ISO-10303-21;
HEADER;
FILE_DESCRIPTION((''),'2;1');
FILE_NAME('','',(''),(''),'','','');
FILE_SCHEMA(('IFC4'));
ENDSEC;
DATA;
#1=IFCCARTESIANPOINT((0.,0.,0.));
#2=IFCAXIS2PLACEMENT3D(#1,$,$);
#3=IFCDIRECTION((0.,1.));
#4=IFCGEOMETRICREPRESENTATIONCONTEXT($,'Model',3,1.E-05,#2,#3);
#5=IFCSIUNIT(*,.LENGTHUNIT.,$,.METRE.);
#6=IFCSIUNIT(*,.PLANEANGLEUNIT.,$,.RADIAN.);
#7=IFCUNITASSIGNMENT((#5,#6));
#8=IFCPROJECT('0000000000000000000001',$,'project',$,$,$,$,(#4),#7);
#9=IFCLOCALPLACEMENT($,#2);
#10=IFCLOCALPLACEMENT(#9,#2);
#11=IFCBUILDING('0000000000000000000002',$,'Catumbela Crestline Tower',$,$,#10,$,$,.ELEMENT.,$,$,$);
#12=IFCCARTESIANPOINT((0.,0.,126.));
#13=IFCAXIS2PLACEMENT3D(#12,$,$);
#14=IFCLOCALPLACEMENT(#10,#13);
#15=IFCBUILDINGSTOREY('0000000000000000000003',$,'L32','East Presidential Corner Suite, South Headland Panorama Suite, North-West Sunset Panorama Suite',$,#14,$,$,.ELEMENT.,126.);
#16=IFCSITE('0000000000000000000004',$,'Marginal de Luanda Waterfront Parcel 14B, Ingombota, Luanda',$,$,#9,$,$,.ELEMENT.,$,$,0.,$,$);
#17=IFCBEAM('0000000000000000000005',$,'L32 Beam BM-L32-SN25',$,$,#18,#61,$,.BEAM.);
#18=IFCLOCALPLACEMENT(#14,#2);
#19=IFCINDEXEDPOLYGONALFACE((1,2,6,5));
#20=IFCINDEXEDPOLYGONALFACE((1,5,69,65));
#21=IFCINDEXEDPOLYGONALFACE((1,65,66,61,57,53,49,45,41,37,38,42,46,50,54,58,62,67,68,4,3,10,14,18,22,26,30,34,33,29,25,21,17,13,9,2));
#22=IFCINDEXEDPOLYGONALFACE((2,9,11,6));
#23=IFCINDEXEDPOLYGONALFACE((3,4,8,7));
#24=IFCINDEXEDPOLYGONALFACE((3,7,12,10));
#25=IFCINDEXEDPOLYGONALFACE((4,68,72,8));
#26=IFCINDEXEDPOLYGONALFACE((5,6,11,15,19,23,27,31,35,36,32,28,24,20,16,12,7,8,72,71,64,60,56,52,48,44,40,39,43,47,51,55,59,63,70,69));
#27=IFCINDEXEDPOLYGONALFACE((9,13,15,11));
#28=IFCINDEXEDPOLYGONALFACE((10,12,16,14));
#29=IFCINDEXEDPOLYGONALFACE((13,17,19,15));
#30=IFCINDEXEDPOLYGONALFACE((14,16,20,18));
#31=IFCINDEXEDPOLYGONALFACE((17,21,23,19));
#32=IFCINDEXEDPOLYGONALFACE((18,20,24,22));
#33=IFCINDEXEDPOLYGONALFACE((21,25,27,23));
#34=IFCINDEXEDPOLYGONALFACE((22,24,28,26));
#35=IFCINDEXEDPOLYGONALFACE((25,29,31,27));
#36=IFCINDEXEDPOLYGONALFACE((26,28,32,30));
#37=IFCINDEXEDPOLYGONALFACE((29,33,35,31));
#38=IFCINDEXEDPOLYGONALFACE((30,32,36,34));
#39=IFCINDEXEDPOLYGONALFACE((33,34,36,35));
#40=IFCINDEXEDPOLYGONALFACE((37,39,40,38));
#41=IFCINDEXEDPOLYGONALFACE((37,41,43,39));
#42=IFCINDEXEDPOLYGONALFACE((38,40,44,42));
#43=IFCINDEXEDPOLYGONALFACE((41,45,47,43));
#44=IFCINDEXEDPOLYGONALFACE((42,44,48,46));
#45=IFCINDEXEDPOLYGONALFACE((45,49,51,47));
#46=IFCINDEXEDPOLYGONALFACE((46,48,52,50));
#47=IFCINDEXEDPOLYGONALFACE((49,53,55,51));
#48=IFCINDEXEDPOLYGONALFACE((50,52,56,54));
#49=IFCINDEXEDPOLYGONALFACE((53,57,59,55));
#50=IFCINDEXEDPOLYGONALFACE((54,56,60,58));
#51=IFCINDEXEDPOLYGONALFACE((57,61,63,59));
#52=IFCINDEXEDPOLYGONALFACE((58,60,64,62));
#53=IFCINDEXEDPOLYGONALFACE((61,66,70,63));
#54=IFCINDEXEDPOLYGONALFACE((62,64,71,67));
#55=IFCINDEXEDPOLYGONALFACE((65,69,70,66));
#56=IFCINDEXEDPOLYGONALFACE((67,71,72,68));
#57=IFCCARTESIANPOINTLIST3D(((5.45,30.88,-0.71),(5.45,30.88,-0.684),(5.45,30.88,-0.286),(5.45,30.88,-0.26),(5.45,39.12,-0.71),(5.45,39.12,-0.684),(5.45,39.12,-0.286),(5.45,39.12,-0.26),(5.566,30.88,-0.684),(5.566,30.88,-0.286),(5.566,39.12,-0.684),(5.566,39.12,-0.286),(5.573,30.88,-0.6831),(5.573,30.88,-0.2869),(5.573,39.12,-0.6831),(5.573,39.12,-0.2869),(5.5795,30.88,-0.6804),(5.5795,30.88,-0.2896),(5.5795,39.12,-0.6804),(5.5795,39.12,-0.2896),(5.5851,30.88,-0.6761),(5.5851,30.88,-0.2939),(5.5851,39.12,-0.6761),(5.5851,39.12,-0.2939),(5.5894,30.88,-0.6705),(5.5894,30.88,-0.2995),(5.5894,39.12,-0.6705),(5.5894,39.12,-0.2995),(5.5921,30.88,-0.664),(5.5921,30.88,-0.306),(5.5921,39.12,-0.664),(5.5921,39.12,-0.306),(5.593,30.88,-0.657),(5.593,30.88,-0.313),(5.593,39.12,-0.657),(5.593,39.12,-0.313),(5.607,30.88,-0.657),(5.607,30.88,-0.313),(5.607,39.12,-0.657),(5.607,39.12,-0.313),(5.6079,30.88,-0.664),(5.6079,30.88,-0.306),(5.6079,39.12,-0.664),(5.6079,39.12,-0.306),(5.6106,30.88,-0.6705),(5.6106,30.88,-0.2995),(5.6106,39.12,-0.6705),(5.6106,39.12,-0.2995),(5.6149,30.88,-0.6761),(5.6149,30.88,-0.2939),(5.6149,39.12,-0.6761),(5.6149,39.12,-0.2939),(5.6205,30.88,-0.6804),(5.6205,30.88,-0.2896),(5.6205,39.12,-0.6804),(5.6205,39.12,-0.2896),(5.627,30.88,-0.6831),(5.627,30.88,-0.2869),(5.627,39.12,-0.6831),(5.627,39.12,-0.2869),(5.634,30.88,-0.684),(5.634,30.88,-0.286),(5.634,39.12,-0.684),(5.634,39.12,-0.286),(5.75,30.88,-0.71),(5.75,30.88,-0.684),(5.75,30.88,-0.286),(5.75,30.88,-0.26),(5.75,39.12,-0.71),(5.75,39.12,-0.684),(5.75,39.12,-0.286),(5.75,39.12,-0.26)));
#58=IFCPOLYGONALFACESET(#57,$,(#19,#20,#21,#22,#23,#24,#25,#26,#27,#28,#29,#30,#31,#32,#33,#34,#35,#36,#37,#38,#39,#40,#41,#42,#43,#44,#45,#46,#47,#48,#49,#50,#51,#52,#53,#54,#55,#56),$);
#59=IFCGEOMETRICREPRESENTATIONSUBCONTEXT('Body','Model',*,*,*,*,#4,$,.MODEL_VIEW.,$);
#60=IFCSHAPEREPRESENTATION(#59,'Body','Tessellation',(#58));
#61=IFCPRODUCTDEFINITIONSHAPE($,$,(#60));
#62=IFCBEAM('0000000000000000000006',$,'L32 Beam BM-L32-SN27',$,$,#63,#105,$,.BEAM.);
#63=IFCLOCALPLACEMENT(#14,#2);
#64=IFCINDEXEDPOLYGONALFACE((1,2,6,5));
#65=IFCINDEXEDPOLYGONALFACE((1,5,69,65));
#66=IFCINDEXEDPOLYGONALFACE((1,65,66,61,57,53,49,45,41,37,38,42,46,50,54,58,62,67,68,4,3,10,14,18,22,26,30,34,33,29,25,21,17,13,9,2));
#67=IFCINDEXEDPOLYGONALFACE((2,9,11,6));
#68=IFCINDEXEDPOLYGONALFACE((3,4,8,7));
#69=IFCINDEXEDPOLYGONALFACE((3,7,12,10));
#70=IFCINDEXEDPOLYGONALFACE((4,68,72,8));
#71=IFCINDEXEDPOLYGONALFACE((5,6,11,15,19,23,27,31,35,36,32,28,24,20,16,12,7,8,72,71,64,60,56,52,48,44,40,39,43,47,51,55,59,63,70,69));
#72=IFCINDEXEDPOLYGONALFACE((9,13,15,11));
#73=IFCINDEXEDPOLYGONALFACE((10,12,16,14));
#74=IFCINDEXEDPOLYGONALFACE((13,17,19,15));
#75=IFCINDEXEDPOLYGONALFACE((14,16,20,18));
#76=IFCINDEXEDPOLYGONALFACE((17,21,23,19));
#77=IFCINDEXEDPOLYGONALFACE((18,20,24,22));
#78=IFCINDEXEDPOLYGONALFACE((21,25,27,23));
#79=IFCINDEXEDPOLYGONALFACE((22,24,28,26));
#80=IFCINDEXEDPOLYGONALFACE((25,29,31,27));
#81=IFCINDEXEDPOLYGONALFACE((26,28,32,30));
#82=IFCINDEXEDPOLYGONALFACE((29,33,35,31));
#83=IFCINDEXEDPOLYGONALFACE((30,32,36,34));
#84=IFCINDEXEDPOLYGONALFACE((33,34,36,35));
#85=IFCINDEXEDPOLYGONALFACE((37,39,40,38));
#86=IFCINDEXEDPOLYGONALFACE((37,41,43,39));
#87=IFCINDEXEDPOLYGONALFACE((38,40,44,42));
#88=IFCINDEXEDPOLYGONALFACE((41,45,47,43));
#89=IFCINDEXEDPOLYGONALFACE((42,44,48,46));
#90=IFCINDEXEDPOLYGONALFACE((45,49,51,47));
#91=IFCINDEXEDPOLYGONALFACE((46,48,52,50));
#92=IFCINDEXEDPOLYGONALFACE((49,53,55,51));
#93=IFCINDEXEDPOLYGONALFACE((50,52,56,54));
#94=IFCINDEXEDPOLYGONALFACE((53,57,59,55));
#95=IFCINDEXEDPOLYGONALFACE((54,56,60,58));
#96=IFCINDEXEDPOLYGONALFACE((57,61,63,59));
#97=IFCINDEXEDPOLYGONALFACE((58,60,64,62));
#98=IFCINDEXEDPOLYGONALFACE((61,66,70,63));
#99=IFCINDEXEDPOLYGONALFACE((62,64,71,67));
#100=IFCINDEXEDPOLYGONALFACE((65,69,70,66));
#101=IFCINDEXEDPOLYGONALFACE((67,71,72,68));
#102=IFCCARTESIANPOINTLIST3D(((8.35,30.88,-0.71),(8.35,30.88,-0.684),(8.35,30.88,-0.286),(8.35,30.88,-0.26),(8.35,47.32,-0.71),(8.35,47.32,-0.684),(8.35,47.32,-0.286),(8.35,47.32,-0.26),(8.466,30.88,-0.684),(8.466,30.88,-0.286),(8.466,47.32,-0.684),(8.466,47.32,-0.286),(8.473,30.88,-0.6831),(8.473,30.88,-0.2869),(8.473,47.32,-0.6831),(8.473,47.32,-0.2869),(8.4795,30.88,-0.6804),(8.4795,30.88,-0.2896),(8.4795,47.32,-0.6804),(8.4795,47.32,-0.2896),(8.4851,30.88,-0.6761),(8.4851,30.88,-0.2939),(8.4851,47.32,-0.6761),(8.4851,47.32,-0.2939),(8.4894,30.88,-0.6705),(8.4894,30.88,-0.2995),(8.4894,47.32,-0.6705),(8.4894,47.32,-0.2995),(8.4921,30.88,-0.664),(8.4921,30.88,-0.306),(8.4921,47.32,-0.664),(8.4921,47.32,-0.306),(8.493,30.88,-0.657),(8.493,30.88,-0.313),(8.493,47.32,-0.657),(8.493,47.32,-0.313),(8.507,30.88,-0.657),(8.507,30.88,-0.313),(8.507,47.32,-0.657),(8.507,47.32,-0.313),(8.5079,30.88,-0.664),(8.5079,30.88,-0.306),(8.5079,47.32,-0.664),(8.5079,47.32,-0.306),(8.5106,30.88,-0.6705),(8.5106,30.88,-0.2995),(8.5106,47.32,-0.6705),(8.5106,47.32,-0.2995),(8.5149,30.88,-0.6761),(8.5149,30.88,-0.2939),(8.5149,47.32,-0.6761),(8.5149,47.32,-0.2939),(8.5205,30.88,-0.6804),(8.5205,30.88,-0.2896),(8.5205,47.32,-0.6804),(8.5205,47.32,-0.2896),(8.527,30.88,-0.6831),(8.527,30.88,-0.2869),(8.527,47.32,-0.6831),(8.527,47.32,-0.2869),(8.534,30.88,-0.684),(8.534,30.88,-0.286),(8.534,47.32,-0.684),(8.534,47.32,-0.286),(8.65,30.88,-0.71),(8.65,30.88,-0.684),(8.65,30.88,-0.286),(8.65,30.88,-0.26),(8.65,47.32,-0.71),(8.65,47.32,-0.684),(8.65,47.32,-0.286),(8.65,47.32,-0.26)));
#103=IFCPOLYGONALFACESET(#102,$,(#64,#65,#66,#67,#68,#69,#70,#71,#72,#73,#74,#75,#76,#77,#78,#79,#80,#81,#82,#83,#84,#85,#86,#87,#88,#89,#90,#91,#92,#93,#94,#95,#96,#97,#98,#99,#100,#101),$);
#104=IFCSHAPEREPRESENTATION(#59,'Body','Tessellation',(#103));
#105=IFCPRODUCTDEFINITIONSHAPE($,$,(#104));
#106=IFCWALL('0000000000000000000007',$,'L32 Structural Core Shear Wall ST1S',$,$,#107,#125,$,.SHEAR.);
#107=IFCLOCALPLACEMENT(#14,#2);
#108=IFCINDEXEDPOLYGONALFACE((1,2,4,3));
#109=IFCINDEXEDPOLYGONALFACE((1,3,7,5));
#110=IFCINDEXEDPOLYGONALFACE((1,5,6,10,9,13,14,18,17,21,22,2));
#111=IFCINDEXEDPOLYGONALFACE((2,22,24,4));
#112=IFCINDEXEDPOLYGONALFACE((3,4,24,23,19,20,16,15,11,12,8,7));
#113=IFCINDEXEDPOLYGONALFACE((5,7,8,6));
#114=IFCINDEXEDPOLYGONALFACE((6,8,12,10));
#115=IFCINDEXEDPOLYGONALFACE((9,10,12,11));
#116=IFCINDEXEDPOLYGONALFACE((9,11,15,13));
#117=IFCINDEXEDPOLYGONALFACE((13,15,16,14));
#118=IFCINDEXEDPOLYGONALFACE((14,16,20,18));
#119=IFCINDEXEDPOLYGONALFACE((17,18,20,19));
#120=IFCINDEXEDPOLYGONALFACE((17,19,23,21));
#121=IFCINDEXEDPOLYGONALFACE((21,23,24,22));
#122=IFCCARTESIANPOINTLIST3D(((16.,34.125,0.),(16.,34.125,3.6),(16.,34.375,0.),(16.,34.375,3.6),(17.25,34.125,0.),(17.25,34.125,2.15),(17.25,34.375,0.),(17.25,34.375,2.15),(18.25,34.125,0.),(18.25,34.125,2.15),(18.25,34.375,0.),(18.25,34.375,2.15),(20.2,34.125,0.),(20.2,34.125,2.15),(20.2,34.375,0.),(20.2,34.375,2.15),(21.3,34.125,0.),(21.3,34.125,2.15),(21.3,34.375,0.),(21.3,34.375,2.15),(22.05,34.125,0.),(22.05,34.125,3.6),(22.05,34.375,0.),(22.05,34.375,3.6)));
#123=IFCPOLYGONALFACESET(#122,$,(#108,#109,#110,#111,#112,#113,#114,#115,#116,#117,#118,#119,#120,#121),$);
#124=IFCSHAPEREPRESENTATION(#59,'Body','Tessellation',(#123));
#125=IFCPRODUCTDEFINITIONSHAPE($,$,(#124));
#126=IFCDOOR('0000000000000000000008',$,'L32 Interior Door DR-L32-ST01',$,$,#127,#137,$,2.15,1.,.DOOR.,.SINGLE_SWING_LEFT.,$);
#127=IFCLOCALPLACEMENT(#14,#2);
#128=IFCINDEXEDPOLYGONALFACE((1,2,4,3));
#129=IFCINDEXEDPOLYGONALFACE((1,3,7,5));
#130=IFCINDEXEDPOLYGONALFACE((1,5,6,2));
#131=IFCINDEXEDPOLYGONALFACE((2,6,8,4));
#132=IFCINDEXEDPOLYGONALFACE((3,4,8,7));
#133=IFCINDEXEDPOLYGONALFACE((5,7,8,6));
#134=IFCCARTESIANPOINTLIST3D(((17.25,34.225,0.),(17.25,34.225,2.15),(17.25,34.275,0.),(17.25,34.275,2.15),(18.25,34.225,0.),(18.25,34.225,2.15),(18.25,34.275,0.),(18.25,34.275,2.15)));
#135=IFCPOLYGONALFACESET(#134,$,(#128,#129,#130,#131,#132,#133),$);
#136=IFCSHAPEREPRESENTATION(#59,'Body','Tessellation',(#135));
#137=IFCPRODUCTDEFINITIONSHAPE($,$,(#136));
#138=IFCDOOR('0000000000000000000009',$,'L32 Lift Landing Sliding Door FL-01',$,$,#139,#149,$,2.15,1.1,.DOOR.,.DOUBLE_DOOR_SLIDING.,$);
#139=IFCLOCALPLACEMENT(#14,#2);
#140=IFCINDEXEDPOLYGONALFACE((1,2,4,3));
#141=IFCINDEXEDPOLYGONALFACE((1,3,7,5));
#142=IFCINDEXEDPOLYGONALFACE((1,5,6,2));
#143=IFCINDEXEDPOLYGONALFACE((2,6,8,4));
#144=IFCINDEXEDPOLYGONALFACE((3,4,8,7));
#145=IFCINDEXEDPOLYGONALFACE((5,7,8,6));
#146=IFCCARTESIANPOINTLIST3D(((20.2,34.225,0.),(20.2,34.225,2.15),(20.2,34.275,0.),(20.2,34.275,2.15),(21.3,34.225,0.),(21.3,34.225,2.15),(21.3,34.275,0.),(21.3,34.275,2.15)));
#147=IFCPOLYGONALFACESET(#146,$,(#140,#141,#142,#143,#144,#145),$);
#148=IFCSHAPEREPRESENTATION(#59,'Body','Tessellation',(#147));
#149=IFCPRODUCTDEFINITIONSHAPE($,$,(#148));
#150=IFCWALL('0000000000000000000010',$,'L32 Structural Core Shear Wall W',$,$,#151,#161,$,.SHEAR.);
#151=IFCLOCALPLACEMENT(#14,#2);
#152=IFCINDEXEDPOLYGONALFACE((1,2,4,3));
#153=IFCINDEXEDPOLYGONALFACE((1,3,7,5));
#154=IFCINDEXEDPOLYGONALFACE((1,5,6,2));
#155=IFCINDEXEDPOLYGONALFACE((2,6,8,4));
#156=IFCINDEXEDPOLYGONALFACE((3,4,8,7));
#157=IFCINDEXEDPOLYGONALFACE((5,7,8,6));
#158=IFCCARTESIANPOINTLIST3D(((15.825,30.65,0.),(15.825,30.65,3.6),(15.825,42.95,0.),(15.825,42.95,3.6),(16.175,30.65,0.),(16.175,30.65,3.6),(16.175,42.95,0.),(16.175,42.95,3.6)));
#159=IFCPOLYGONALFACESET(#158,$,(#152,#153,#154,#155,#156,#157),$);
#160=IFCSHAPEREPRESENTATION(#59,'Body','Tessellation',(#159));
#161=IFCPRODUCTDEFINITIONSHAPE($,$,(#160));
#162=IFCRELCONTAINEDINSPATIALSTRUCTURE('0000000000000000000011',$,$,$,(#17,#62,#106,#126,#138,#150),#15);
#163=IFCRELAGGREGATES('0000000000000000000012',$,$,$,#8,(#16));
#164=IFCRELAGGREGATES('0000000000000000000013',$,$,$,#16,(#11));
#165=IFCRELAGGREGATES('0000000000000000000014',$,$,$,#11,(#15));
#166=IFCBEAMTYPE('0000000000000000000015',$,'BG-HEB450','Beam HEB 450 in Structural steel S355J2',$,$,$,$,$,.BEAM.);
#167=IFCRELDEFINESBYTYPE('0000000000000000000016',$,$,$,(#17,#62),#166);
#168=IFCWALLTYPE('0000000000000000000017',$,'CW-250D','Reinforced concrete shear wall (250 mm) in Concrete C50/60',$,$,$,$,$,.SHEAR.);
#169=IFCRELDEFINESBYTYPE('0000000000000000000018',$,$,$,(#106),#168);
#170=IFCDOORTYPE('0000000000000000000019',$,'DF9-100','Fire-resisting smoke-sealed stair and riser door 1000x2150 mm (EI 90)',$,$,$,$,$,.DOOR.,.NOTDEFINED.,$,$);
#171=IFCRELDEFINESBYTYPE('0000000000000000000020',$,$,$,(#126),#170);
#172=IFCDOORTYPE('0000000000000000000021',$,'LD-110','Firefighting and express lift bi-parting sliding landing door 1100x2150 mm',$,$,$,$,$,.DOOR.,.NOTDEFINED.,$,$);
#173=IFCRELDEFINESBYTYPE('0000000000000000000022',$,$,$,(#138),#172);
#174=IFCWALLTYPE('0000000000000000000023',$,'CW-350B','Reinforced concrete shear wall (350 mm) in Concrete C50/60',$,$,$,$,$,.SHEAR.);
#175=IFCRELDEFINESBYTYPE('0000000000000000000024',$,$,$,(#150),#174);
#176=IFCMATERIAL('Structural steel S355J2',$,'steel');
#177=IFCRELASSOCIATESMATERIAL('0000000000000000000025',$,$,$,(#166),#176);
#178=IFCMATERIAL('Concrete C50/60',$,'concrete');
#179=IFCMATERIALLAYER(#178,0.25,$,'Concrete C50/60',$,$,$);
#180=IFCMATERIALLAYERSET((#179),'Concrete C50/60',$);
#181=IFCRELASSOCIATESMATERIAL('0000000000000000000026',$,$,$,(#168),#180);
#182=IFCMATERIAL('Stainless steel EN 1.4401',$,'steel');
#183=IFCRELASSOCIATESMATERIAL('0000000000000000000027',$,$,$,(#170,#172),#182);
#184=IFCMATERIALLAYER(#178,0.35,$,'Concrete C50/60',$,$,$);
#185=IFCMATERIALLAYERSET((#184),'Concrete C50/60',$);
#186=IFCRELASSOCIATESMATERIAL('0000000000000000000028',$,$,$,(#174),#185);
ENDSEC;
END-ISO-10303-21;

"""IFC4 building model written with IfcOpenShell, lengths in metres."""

from ifc_helpers import new_model, si_unit, direction, frame, frame_2d, origin, origin_2d, place, context, subcontext, project, spatial, rectangle, i_section, extrude, material, layer, layer_set, material_profile, profile_set, type_object, element, fill, save


model = new_model("IFC4")

# Units and contexts
model_context = context("Model", 3, precision=1e-05, world=origin(), true_north=direction((0.0, 1.0)))
body_context = subcontext(model_context, "Body", "Model", "MODEL_VIEW")
ifc_project = project(units=[si_unit("LENGTHUNIT", "METRE"), si_unit("PLANEANGLEUNIT", "RADIAN")], contexts=[model_context])

# Site, building, storey
site_placement = place(None, origin())
site = spatial("IfcSite", under=ifc_project, at=site_placement, Name="Marginal de Luanda Waterfront Parcel 14B, Ingombota, Luanda", CompositionType="ELEMENT", RefElevation=0.0)
building_placement = place(site_placement, origin())
building = spatial("IfcBuilding", under=site, at=building_placement, Name="Catumbela Crestline Tower", CompositionType="ELEMENT")
storey_placement = place(building_placement, frame((0.0, 0.0, 126.0)))
storey = spatial("IfcBuildingStorey", under=building, at=storey_placement, Name="L32", Description="East Presidential Corner Suite, South Headland Panorama Suite, North-West Sunset Panorama Suite", CompositionType="ELEMENT", Elevation=126.0)

# Beams
ifc_material_1 = material(Name="Structural steel S355J2", Category="steel")
ifc_material_profile_1 = material_profile(ifc_material_1, i_section(OverallWidth=0.3, OverallDepth=0.45, WebThickness=0.014, FlangeThickness=0.026, FilletRadius=0.027, at=origin_2d()), Name="HEB 450")
ifc_profile_set_1 = profile_set([ifc_material_profile_1], Name="Structural steel S355J2")
beam_type = type_object("IfcBeamType", Name="BG-HEB450", Description="Beam HEB 450 in Structural steel S355J2", PredefinedType="BEAM", material=ifc_profile_set_1)
beam_1_placement = place(storey_placement, frame((5.6, 30.88, -0.485), z_axis=(0.0, 1.0, 0.0), x_axis=(-1.0, 0.0, 0.0)))
element("IfcBeam", 1, at=beam_1_placement, inside=storey, type_object=beam_type, Name="L32 Beam BM-L32-SN25", PredefinedType="BEAM", context=body_context, shape_type="SweptSolid", body=[
    extrude(i_section(OverallWidth=0.3, OverallDepth=0.45, WebThickness=0.014, FlangeThickness=0.026, FilletRadius=0.027, at=origin_2d()), origin(), (0.0, 0.0, 1.0), 8.24),
])
beam_2_placement = place(storey_placement, frame((8.5, 30.88, -0.485), z_axis=(0.0, 1.0, 0.0), x_axis=(-1.0, 0.0, 0.0)))
element("IfcBeam", 2, at=beam_2_placement, inside=storey, type_object=beam_type, Name="L32 Beam BM-L32-SN27", PredefinedType="BEAM", context=body_context, shape_type="SweptSolid", body=[
    extrude(i_section(OverallWidth=0.3, OverallDepth=0.45, WebThickness=0.014, FlangeThickness=0.026, FilletRadius=0.027, at=origin_2d()), origin(), (0.0, 0.0, 1.0), 16.44),
])

# Wall, openings, doors
ifc_material_2 = material(Name="Concrete C50/60", Category="concrete")
ifc_layer_1 = layer(ifc_material_2, 0.25, Name="Concrete C50/60")
ifc_layer_set_1 = layer_set([ifc_layer_1], Name="Concrete C50/60")
wall_type_1 = type_object("IfcWallType", Name="CW-250D", Description="Reinforced concrete shear wall (250 mm) in Concrete C50/60", PredefinedType="SHEAR", material=ifc_layer_set_1)
wall_1_placement = place(storey_placement, frame((16.0, 34.25, 0.0), z_axis=(0.0, 0.0, 1.0), x_axis=(1.0, 0.0, 0.0)))
wall_1 = element("IfcWall", 3, at=wall_1_placement, inside=storey, type_object=wall_type_1, Name="L32 Structural Core Shear Wall ST1S", PredefinedType="SHEAR", context=body_context, shape_type="SweptSolid", body=[
    extrude(rectangle(XDim=6.05, YDim=0.25, at=frame_2d((3.025, 0.0))), origin(), (0.0, 0.0, 1.0), 3.6),
])
opening_1_placement = place(wall_1_placement, frame((1.25, 0.0, 0.0)))
opening_1 = element("IfcOpeningElement", 4, at=opening_1_placement, cuts=wall_1, PredefinedType="OPENING", context=body_context, shape_type="SweptSolid", body=[
    extrude(rectangle(XDim=1.0, YDim=2.15, at=frame_2d((0.5, 1.075))), frame((0.0, 0.135, 0.0), z_axis=(0.0, -1.0, 0.0), x_axis=(1.0, 0.0, 0.0)), (0.0, 0.0, 1.0), 0.27),
])
opening_2_placement = place(wall_1_placement, frame((4.2, 0.0, 0.0)))
opening_2 = element("IfcOpeningElement", 5, at=opening_2_placement, cuts=wall_1, PredefinedType="OPENING", context=body_context, shape_type="SweptSolid", body=[
    extrude(rectangle(XDim=1.1, YDim=2.15, at=frame_2d((0.55, 1.075))), frame((0.0, 0.135, 0.0), z_axis=(0.0, -1.0, 0.0), x_axis=(1.0, 0.0, 0.0)), (0.0, 0.0, 1.0), 0.27),
])
ifc_material_3 = material(Name="Stainless steel EN 1.4401", Category="steel")
door_type_1 = type_object("IfcDoorType", Name="DF9-100", Description="Fire-resisting smoke-sealed stair and riser door 1000x2150 mm (EI 90)", OperationType="NOTDEFINED", PredefinedType="DOOR", material=ifc_material_3)
door_1_placement = place(opening_1_placement, origin())
door_1 = element("IfcDoor", 6, at=door_1_placement, inside=storey, type_object=door_type_1, Name="L32 Interior Door DR-L32-ST01", OperationType="SINGLE_SWING_LEFT", OverallHeight=2.15, OverallWidth=1.0, PredefinedType="DOOR", context=body_context, shape_type="SweptSolid", body=[
    extrude(rectangle(XDim=1.0, YDim=2.15, at=frame_2d((0.5, 1.075))), frame((0.0, 0.025, 0.0), z_axis=(0.0, -1.0, 0.0), x_axis=(1.0, 0.0, 0.0)), (0.0, 0.0, 1.0), 0.05),
])
fill(opening_1, door_1)
door_type_2 = type_object("IfcDoorType", Name="LD-110", Description="Firefighting and express lift bi-parting sliding landing door 1100x2150 mm", OperationType="NOTDEFINED", PredefinedType="DOOR", material=ifc_material_3)
door_2_placement = place(opening_2_placement, origin())
door_2 = element("IfcDoor", 7, at=door_2_placement, inside=storey, type_object=door_type_2, Name="L32 Lift Landing Sliding Door FL-01", OperationType="DOUBLE_DOOR_SLIDING", OverallHeight=2.15, OverallWidth=1.1, PredefinedType="DOOR", context=body_context, shape_type="SweptSolid", body=[
    extrude(rectangle(XDim=1.1, YDim=2.15, at=frame_2d((0.55, 1.075))), frame((0.0, 0.025, 0.0), z_axis=(0.0, -1.0, 0.0), x_axis=(1.0, 0.0, 0.0)), (0.0, 0.0, 1.0), 0.05),
])
fill(opening_2, door_2)

# Wall
ifc_layer_2 = layer(ifc_material_2, 0.35, Name="Concrete C50/60")
ifc_layer_set_2 = layer_set([ifc_layer_2], Name="Concrete C50/60")
wall_type_2 = type_object("IfcWallType", Name="CW-350B", Description="Reinforced concrete shear wall (350 mm) in Concrete C50/60", PredefinedType="SHEAR", material=ifc_layer_set_2)
wall_2_placement = place(storey_placement, frame((16.0, 30.65, 0.0), z_axis=(0.0, 0.0, 1.0), x_axis=(0.0, 1.0, 0.0)))
element("IfcWall", 8, at=wall_2_placement, inside=storey, type_object=wall_type_2, Name="L32 Structural Core Shear Wall W", PredefinedType="SHEAR", context=body_context, shape_type="SweptSolid", body=[
    extrude(rectangle(XDim=12.3, YDim=0.35, at=frame_2d((6.15, 0.0))), origin(), (0.0, 0.0, 1.0), 3.6),
])

save(model, "model.ifc")
